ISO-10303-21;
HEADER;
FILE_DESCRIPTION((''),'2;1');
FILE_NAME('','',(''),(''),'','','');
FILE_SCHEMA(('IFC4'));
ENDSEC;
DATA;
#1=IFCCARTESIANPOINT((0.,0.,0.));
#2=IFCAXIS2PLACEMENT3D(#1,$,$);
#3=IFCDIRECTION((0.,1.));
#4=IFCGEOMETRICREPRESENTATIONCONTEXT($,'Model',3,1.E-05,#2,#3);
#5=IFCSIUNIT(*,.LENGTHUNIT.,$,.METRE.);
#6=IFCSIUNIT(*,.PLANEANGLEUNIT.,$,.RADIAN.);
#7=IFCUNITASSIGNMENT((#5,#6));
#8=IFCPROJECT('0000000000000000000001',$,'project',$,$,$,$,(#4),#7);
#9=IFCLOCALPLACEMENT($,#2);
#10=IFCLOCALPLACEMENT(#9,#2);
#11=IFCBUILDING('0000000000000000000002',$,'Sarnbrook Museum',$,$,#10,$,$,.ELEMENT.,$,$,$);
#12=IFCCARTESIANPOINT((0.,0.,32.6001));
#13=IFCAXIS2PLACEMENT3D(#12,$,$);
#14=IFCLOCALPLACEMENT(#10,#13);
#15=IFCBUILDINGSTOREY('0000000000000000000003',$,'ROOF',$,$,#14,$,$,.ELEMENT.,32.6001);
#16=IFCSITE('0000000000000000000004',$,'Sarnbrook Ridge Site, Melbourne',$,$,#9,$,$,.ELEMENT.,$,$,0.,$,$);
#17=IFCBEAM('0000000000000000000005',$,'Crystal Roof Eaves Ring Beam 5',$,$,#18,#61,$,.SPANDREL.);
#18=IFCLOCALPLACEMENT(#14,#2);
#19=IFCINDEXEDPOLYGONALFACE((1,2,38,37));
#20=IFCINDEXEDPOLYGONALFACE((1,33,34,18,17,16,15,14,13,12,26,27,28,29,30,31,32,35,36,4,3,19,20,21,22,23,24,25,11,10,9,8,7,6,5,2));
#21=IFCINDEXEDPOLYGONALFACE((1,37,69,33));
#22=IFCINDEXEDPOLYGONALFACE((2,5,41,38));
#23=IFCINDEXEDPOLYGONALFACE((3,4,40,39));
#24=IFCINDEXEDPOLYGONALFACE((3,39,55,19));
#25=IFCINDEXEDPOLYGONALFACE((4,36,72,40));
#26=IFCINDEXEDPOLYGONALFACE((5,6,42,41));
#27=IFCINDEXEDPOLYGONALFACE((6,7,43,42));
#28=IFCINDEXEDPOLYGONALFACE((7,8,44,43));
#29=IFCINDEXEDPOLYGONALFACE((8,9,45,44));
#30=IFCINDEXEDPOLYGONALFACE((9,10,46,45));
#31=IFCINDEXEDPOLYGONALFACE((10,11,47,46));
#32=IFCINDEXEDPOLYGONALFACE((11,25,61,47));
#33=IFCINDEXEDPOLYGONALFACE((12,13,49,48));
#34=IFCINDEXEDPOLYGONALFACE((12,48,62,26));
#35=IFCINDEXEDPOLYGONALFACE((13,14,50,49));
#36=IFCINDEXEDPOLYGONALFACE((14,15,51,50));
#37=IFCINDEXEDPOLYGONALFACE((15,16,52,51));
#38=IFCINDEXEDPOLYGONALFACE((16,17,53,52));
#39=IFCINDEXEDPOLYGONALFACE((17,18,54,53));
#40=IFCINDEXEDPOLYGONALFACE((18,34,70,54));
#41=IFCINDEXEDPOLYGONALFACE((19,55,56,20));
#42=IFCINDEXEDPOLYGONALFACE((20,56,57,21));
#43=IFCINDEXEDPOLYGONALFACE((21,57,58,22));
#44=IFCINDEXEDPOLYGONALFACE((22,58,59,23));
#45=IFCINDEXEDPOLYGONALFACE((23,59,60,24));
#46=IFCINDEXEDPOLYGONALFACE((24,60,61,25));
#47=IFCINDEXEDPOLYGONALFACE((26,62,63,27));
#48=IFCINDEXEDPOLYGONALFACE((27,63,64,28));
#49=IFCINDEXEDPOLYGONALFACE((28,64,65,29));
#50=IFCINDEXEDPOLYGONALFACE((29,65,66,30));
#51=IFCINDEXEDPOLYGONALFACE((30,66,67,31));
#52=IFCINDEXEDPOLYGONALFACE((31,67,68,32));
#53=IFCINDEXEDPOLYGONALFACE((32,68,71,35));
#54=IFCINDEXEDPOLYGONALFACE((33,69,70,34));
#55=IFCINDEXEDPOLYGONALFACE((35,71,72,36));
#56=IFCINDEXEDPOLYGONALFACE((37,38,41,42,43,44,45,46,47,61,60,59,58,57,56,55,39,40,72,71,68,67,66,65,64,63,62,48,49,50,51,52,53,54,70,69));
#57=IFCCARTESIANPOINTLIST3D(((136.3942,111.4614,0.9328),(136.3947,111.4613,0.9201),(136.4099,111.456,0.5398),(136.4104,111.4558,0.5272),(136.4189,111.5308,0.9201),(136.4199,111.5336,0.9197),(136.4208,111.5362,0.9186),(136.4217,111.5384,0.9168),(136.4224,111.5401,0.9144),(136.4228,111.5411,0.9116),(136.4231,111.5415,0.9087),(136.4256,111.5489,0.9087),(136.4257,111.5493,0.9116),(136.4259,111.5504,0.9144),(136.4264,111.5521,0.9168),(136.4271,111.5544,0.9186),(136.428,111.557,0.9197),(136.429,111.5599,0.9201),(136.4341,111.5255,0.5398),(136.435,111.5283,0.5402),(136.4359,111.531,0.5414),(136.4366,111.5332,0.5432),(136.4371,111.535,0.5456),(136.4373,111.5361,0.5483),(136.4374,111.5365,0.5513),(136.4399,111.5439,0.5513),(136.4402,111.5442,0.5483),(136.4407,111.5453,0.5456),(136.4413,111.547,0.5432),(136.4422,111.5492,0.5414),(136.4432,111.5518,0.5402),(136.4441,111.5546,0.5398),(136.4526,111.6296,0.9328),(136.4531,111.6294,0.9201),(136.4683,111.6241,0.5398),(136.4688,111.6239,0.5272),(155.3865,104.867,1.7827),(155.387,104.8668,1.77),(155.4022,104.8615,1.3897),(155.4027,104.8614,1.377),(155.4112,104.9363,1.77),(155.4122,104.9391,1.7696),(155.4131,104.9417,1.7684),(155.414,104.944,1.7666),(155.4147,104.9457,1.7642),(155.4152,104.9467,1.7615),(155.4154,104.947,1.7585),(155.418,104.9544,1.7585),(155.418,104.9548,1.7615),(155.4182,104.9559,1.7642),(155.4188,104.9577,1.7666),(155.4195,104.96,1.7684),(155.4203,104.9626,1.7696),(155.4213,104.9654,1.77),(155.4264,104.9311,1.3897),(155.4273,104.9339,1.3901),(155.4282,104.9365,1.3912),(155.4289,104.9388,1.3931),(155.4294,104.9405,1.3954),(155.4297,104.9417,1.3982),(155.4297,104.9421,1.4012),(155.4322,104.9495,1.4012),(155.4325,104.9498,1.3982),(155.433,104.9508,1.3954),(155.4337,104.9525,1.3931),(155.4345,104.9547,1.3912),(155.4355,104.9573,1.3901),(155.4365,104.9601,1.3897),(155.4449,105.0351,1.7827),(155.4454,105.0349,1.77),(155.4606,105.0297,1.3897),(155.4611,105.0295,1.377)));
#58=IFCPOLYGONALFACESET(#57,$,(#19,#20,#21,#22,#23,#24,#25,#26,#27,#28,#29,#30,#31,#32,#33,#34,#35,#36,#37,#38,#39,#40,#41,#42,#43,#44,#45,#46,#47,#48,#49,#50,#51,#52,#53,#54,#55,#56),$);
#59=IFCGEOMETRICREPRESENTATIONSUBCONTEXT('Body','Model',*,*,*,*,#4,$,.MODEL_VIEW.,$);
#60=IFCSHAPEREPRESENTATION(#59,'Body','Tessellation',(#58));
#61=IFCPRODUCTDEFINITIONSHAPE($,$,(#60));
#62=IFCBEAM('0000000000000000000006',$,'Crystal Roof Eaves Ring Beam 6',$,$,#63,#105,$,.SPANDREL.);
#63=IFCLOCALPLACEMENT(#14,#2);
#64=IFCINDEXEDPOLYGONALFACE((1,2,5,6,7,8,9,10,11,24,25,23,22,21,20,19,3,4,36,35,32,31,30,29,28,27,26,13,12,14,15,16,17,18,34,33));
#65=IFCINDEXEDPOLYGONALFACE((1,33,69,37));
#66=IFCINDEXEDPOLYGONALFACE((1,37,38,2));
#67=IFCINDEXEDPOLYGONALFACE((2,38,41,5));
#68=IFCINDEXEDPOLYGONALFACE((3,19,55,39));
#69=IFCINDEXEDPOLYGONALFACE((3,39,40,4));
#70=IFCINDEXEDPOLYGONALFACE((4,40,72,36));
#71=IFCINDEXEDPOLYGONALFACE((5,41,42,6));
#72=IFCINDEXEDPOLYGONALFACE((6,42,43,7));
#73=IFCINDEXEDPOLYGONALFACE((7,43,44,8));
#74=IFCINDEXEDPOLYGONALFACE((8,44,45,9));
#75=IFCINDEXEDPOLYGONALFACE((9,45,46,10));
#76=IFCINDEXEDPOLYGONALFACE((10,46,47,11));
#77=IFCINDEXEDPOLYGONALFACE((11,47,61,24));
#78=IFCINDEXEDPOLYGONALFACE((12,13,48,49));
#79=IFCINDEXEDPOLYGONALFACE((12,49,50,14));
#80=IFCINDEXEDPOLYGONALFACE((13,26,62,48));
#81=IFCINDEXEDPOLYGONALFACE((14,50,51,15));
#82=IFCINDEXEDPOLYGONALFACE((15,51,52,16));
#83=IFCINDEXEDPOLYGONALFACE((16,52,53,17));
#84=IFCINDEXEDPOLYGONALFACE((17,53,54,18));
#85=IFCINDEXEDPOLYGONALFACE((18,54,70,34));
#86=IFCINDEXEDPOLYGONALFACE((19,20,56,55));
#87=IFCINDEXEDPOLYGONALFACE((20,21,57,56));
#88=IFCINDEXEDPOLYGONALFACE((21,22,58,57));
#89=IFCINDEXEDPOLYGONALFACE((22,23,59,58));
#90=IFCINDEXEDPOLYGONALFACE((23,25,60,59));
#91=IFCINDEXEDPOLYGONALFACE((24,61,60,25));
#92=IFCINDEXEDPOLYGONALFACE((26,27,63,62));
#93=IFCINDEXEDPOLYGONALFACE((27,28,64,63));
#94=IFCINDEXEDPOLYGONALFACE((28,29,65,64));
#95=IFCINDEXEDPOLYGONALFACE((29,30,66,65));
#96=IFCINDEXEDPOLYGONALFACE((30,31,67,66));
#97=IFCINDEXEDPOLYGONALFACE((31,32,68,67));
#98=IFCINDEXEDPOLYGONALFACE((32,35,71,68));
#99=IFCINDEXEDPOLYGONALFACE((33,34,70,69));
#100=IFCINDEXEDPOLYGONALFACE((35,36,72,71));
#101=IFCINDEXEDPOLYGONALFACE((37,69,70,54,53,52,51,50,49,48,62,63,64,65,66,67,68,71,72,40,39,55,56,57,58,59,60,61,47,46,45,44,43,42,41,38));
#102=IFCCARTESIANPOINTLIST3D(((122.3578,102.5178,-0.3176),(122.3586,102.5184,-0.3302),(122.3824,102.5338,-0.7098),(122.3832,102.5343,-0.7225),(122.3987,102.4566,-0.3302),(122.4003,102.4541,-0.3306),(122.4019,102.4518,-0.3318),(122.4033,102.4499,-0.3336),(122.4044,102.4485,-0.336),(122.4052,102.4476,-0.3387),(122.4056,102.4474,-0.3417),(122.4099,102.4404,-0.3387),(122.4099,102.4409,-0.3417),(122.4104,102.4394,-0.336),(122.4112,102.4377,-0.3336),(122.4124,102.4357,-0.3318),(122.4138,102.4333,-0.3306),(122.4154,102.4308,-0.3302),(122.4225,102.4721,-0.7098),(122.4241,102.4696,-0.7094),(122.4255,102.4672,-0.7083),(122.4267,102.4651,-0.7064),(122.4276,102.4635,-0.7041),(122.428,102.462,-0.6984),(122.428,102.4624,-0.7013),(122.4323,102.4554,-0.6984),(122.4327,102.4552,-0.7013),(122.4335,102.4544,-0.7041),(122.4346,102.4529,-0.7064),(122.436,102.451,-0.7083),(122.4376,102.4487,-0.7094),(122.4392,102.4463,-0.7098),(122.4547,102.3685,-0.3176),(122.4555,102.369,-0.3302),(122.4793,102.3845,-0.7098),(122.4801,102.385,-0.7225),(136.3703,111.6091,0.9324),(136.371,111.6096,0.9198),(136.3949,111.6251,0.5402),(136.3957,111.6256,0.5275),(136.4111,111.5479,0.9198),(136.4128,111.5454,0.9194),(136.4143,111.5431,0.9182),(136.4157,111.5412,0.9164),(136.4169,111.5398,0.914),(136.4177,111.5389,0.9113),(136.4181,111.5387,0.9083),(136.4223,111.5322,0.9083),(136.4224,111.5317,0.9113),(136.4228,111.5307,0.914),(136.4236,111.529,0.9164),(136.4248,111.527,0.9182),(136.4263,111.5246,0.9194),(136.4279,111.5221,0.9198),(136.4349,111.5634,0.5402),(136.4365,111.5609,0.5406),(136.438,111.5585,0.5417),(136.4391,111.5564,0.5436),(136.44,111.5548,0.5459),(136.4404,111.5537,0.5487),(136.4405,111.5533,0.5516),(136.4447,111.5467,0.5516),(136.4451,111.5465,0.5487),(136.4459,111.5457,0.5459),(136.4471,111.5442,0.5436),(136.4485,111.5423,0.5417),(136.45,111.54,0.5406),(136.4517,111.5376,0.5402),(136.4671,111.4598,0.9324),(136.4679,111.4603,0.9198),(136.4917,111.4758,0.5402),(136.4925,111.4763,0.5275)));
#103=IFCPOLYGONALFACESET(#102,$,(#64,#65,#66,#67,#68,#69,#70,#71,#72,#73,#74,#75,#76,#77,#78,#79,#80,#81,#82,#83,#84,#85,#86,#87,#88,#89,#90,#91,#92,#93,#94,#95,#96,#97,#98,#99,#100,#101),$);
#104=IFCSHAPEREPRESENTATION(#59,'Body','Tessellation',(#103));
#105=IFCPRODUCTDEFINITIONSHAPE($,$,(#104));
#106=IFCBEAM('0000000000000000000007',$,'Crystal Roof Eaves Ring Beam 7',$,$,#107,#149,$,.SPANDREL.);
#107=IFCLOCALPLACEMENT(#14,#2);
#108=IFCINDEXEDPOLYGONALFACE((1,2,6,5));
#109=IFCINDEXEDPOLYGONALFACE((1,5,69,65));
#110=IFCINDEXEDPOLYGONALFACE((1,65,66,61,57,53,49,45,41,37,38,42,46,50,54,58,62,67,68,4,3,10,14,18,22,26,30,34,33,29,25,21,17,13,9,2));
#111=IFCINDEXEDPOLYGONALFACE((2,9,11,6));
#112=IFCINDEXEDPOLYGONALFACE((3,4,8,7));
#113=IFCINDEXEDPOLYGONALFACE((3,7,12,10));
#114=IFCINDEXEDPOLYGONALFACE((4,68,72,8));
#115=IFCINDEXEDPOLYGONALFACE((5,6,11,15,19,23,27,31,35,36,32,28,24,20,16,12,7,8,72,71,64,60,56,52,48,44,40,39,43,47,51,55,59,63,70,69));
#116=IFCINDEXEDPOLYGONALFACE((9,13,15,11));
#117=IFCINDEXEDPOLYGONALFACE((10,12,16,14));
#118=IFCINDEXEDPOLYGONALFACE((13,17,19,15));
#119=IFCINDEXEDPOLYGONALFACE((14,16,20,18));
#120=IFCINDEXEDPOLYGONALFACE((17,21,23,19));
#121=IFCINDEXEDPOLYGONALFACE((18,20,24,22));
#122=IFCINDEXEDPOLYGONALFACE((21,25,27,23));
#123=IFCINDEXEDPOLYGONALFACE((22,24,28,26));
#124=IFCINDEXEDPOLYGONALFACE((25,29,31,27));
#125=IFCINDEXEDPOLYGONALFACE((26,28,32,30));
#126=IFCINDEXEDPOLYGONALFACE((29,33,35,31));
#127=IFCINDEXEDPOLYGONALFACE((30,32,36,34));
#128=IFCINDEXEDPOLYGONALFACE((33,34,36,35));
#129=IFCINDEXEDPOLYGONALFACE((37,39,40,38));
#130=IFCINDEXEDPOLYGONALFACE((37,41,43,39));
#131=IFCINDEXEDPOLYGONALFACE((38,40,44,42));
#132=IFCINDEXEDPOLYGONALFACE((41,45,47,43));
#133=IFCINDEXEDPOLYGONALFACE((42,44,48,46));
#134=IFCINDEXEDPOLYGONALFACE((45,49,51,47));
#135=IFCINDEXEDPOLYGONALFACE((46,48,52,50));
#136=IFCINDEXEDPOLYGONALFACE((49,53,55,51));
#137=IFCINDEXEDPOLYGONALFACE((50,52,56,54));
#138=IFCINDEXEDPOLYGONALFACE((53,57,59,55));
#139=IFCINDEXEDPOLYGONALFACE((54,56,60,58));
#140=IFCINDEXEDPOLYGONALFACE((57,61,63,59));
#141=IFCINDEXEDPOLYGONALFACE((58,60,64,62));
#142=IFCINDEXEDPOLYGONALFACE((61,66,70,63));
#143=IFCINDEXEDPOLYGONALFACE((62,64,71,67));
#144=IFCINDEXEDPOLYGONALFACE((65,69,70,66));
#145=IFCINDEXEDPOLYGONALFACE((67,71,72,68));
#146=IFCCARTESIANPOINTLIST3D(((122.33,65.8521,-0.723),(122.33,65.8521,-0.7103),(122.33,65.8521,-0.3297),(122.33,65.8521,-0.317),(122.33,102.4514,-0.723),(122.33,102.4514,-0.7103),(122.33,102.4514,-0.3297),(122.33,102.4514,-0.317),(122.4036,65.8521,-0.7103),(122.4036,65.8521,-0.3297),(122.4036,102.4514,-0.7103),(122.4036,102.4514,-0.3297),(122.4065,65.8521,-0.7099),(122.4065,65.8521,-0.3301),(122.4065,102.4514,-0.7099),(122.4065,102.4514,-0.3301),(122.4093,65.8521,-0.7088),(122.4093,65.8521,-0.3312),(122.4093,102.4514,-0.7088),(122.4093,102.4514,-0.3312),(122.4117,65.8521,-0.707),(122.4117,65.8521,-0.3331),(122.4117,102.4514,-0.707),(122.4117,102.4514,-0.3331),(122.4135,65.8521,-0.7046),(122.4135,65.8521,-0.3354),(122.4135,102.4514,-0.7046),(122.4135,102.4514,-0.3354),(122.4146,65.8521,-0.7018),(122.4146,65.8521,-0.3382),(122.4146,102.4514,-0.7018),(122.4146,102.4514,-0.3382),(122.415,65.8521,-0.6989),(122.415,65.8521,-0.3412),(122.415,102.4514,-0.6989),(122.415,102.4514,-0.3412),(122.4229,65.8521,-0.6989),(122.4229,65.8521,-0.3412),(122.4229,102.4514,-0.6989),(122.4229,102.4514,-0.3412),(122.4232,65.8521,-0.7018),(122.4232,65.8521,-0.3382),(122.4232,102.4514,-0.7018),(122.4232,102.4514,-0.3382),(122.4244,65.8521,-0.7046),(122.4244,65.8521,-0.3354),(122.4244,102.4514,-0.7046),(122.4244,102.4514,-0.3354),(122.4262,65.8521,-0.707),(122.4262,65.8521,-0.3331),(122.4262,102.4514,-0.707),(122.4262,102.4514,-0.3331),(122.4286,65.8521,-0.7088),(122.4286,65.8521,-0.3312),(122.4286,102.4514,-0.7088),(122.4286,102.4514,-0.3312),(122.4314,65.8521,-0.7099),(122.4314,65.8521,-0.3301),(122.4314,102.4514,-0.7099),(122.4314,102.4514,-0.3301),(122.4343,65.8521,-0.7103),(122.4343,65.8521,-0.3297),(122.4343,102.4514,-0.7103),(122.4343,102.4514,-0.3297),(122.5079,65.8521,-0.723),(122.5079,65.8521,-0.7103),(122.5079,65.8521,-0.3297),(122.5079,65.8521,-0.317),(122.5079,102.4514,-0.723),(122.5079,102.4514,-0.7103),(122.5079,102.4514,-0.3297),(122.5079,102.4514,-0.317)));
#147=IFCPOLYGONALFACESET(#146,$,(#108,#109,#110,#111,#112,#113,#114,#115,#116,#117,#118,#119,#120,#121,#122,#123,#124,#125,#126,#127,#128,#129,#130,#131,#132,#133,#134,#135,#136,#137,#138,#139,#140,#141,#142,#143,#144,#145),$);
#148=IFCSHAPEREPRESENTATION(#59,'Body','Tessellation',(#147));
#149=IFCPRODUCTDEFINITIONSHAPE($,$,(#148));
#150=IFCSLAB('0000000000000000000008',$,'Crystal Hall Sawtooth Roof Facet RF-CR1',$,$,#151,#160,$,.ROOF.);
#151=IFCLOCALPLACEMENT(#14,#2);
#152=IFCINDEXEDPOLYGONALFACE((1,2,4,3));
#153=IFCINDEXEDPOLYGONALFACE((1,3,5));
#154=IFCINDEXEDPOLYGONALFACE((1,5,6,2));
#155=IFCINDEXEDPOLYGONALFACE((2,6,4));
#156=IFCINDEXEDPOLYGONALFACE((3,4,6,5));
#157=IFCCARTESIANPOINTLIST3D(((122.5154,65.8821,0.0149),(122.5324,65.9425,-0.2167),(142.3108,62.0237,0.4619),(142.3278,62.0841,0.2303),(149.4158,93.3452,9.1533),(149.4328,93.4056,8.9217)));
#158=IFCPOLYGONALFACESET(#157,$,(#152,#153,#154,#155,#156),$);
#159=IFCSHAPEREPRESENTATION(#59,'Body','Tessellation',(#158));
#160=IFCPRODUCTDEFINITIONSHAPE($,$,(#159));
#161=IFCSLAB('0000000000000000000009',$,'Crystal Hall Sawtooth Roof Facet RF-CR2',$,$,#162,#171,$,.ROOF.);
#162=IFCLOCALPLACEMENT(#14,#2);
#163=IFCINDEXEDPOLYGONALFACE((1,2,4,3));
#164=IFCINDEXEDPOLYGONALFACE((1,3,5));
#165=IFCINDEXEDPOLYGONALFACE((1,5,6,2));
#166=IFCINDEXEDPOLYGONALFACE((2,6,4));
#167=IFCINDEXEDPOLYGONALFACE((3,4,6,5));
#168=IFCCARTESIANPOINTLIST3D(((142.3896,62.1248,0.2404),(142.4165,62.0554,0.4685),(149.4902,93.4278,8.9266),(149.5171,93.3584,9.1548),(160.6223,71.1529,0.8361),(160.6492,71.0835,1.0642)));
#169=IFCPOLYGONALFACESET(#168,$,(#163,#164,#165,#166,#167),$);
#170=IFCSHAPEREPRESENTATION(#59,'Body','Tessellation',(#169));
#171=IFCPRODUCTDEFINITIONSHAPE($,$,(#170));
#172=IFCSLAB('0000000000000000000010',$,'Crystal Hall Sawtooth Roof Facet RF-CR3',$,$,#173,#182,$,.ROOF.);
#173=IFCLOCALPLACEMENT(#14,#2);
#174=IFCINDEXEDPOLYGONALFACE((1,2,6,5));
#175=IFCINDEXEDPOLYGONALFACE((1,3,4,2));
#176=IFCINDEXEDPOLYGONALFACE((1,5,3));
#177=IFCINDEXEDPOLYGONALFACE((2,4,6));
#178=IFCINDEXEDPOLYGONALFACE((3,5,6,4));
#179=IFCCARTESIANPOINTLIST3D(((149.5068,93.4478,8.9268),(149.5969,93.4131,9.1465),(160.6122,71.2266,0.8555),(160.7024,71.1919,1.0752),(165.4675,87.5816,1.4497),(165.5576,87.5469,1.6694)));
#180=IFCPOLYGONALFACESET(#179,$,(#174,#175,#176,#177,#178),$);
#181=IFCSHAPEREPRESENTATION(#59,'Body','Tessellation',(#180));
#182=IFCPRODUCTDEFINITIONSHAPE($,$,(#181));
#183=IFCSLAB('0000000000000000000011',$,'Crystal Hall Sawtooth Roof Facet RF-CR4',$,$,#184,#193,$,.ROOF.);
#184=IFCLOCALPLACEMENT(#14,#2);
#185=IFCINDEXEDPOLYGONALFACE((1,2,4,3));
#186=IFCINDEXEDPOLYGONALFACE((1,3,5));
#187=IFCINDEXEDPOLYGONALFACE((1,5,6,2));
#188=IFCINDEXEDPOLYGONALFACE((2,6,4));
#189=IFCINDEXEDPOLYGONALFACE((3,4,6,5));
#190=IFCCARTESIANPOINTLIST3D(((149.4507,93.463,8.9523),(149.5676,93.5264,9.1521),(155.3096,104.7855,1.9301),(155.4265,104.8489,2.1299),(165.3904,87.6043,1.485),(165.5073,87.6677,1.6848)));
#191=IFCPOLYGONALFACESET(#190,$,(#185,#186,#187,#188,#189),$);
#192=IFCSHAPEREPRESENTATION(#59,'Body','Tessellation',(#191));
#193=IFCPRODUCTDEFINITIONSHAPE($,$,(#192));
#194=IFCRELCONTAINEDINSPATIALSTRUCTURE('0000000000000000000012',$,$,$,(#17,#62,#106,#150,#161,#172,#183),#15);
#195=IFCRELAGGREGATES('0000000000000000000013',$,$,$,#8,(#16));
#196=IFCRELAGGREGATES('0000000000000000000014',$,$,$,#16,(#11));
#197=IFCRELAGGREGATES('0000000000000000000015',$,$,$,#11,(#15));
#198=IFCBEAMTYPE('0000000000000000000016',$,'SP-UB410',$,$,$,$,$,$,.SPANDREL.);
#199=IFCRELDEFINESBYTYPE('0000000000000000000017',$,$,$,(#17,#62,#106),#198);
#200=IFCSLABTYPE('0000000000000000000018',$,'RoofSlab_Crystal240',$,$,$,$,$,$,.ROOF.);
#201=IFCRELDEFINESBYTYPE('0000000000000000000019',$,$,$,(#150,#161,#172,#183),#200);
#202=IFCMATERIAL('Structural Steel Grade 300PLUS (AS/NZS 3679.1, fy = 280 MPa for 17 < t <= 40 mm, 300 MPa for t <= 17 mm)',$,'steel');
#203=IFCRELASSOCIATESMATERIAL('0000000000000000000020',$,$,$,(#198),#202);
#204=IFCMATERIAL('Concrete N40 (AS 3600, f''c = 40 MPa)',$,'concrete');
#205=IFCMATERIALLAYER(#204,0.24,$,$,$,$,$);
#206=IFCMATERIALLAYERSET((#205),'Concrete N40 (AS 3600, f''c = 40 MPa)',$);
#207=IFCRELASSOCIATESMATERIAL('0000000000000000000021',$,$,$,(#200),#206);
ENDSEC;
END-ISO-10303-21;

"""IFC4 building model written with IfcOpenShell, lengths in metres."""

from ifc_helpers import new_model, si_unit, direction, frame, origin, origin_2d, place, context, subcontext, project, spatial, polyline, i_section, outline, extrude, material, layer, layer_set, material_profile, profile_set, type_object, element, save


model = new_model("IFC4")

# Units and contexts
model_context = context("Model", 3, precision=1e-05, world=origin(), true_north=direction((0.0, 1.0)))
body_context = subcontext(model_context, "Body", "Model", "MODEL_VIEW")
ifc_project = project(units=[si_unit("LENGTHUNIT", "METRE"), si_unit("PLANEANGLEUNIT", "RADIAN")], contexts=[model_context])

# Site, building, storey
site_placement = place(None, origin())
site = spatial("IfcSite", under=ifc_project, at=site_placement, Name="Sarnbrook Ridge Site, Melbourne", CompositionType="ELEMENT", RefElevation=0.0)
building_placement = place(site_placement, origin())
building = spatial("IfcBuilding", under=site, at=building_placement, Name="Sarnbrook Museum", CompositionType="ELEMENT")
storey_placement = place(building_placement, frame((0.0, 0.0, 32.6001)))
storey = spatial("IfcBuildingStorey", under=building, at=storey_placement, Name="ROOF", CompositionType="ELEMENT", Elevation=32.6001)

# Beams
ifc_material_1 = material(Name="Structural Steel Grade 300PLUS (AS/NZS 3679.1, fy = 280 MPa for 17 < t <= 40 mm, 300 MPa for t <= 17 mm)", Category="steel")
ifc_material_profile = material_profile(ifc_material_1, i_section(OverallWidth=0.178, OverallDepth=0.406, WebThickness=0.0078, FlangeThickness=0.0127, FilletRadius=0.0115, at=origin_2d()), Name="410UB59.7")
ifc_profile_set = profile_set([ifc_material_profile], Name="Structural Steel Grade 300PLUS (AS/NZS 3679.1, fy = 280 MPa for 17 < t <= 40 mm, 300 MPa for t <= 17 mm)")
beam_type = type_object("IfcBeamType", Name="SP-UB410", PredefinedType="SPANDREL", material=ifc_profile_set)
beam_1_placement = place(storey_placement, frame((155.4238, 104.9482, 1.5798), z_axis=(-0.943833, 0.327714, -0.042234), x_axis=(-0.328007, -0.944675, 0.0)))
element("IfcBeam", 1, at=beam_1_placement, inside=storey, type_object=beam_type, Name="Crystal Roof Eaves Ring Beam 5", PredefinedType="SPANDREL", context=body_context, shape_type="SweptSolid", body=[
    extrude(i_section(OverallWidth=0.178, OverallDepth=0.406, WebThickness=0.0078, FlangeThickness=0.0127, FilletRadius=0.0115, at=origin_2d()), origin(), (0.0, 0.0, 1.0), 20.1226),
])
beam_2_placement = place(storey_placement, frame((136.4314, 111.5427, 0.73), z_axis=(-0.836563, -0.542764, -0.074627), x_axis=(0.544282, -0.838902, 0.0)))
element("IfcBeam", 2, at=beam_2_placement, inside=storey, type_object=beam_type, Name="Crystal Roof Eaves Ring Beam 6", PredefinedType="SPANDREL", context=body_context, shape_type="SweptSolid", body=[
    extrude(i_section(OverallWidth=0.178, OverallDepth=0.406, WebThickness=0.0078, FlangeThickness=0.0127, FilletRadius=0.0115, at=origin_2d()), origin(), (0.0, 0.0, 1.0), 16.75),
])
beam_3_placement = place(storey_placement, frame((122.4189, 102.4514, -0.52), z_axis=(0.0, -1.0, 0.0), x_axis=(1.0, 0.0, 0.0)))
element("IfcBeam", 3, at=beam_3_placement, inside=storey, type_object=beam_type, Name="Crystal Roof Eaves Ring Beam 7", PredefinedType="SPANDREL", context=body_context, shape_type="SweptSolid", body=[
    extrude(i_section(OverallWidth=0.178, OverallDepth=0.406, WebThickness=0.0078, FlangeThickness=0.0127, FilletRadius=0.0115, at=origin_2d()), origin(), (0.0, 0.0, 1.0), 36.5994),
])

# Slabs
ifc_material_2 = material(Name="Concrete N40 (AS 3600, f'c = 40 MPa)", Category="concrete")
ifc_layer_1 = layer(ifc_material_2, 0.24)
ifc_layer_set_1 = layer_set([ifc_layer_1], Name="Concrete N40 (AS 3600, f'c = 40 MPa)")
slab_type = type_object("IfcSlabType", Name="RoofSlab_Crystal240", PredefinedType="ROOF", material=ifc_layer_set_1)
slab_1_placement = place(storey_placement, frame((142.3108, 62.0237, 0.4619), z_axis=(-0.070867, -0.251756, 0.965193), x_axis=(0.213539, 0.941364, 0.261219)))
element("IfcSlab", 4, at=slab_1_placement, inside=storey, type_object=slab_type, Name="Crystal Hall Sawtooth Roof Facet RF-CR1", PredefinedType="ROOF", context=body_context, shape_type="SweptSolid", body=[
    extrude(outline(polyline([(0.0, 0.0), (33.2725, 0.0), (-0.7117, 20.1603), (0.0, 0.0)])), origin(), (0.0, 0.0, -1.0), 0.24),
])
slab_2_placement = place(storey_placement, frame((160.6492, 71.0835, 1.0642), z_axis=(0.11216, -0.289242, 0.950663), x_axis=(-0.425164, 0.850738, 0.309001)))
element("IfcSlab", 5, at=slab_2_placement, inside=storey, type_object=slab_type, Name="Crystal Hall Sawtooth Roof Facet RF-CR2", PredefinedType="ROOF", context=body_context, shape_type="SweptSolid", body=[
    extrude(outline(polyline([(0.0, 0.0), (26.183, 0.0), (-0.1127, 20.3538), (0.0, 0.0)])), origin(), (0.0, 0.0, -1.0), 0.24),
])
slab_3_placement = place(storey_placement, frame((165.5576, 87.5469, 1.6694), z_axis=(0.375623, -0.144769, 0.915395), x_axis=(-0.859217, 0.315798, 0.402514)))
element("IfcSlab", 6, at=slab_3_placement, inside=storey, type_object=slab_type, Name="Crystal Hall Sawtooth Roof Facet RF-CR3", PredefinedType="ROOF", context=body_context, shape_type="SweptSolid", body=[
    extrude(outline(polyline([(0.0, 0.0), (18.5759, 0.0), (-1.2324, 17.0262), (0.0, 0.0)])), origin(), (0.0, 0.0, -1.0), 0.24),
])
slab_4_placement = place(storey_placement, frame((155.4265, 104.8489, 2.1299), z_axis=(0.487084, 0.264226, 0.832426), x_axis=(-0.402544, -0.777932, 0.482473)))
element("IfcSlab", 7, at=slab_4_placement, inside=storey, type_object=slab_type, Name="Crystal Hall Sawtooth Roof Facet RF-CR4", PredefinedType="ROOF", context=body_context, shape_type="SweptSolid", body=[
    extrude(outline(polyline([(0.0, 0.0), (14.5546, 0.0), (9.0931, 17.7293), (0.0, 0.0)])), origin(), (0.0, 0.0, -1.0), 0.24),
])

save(model, "model.ifc")
